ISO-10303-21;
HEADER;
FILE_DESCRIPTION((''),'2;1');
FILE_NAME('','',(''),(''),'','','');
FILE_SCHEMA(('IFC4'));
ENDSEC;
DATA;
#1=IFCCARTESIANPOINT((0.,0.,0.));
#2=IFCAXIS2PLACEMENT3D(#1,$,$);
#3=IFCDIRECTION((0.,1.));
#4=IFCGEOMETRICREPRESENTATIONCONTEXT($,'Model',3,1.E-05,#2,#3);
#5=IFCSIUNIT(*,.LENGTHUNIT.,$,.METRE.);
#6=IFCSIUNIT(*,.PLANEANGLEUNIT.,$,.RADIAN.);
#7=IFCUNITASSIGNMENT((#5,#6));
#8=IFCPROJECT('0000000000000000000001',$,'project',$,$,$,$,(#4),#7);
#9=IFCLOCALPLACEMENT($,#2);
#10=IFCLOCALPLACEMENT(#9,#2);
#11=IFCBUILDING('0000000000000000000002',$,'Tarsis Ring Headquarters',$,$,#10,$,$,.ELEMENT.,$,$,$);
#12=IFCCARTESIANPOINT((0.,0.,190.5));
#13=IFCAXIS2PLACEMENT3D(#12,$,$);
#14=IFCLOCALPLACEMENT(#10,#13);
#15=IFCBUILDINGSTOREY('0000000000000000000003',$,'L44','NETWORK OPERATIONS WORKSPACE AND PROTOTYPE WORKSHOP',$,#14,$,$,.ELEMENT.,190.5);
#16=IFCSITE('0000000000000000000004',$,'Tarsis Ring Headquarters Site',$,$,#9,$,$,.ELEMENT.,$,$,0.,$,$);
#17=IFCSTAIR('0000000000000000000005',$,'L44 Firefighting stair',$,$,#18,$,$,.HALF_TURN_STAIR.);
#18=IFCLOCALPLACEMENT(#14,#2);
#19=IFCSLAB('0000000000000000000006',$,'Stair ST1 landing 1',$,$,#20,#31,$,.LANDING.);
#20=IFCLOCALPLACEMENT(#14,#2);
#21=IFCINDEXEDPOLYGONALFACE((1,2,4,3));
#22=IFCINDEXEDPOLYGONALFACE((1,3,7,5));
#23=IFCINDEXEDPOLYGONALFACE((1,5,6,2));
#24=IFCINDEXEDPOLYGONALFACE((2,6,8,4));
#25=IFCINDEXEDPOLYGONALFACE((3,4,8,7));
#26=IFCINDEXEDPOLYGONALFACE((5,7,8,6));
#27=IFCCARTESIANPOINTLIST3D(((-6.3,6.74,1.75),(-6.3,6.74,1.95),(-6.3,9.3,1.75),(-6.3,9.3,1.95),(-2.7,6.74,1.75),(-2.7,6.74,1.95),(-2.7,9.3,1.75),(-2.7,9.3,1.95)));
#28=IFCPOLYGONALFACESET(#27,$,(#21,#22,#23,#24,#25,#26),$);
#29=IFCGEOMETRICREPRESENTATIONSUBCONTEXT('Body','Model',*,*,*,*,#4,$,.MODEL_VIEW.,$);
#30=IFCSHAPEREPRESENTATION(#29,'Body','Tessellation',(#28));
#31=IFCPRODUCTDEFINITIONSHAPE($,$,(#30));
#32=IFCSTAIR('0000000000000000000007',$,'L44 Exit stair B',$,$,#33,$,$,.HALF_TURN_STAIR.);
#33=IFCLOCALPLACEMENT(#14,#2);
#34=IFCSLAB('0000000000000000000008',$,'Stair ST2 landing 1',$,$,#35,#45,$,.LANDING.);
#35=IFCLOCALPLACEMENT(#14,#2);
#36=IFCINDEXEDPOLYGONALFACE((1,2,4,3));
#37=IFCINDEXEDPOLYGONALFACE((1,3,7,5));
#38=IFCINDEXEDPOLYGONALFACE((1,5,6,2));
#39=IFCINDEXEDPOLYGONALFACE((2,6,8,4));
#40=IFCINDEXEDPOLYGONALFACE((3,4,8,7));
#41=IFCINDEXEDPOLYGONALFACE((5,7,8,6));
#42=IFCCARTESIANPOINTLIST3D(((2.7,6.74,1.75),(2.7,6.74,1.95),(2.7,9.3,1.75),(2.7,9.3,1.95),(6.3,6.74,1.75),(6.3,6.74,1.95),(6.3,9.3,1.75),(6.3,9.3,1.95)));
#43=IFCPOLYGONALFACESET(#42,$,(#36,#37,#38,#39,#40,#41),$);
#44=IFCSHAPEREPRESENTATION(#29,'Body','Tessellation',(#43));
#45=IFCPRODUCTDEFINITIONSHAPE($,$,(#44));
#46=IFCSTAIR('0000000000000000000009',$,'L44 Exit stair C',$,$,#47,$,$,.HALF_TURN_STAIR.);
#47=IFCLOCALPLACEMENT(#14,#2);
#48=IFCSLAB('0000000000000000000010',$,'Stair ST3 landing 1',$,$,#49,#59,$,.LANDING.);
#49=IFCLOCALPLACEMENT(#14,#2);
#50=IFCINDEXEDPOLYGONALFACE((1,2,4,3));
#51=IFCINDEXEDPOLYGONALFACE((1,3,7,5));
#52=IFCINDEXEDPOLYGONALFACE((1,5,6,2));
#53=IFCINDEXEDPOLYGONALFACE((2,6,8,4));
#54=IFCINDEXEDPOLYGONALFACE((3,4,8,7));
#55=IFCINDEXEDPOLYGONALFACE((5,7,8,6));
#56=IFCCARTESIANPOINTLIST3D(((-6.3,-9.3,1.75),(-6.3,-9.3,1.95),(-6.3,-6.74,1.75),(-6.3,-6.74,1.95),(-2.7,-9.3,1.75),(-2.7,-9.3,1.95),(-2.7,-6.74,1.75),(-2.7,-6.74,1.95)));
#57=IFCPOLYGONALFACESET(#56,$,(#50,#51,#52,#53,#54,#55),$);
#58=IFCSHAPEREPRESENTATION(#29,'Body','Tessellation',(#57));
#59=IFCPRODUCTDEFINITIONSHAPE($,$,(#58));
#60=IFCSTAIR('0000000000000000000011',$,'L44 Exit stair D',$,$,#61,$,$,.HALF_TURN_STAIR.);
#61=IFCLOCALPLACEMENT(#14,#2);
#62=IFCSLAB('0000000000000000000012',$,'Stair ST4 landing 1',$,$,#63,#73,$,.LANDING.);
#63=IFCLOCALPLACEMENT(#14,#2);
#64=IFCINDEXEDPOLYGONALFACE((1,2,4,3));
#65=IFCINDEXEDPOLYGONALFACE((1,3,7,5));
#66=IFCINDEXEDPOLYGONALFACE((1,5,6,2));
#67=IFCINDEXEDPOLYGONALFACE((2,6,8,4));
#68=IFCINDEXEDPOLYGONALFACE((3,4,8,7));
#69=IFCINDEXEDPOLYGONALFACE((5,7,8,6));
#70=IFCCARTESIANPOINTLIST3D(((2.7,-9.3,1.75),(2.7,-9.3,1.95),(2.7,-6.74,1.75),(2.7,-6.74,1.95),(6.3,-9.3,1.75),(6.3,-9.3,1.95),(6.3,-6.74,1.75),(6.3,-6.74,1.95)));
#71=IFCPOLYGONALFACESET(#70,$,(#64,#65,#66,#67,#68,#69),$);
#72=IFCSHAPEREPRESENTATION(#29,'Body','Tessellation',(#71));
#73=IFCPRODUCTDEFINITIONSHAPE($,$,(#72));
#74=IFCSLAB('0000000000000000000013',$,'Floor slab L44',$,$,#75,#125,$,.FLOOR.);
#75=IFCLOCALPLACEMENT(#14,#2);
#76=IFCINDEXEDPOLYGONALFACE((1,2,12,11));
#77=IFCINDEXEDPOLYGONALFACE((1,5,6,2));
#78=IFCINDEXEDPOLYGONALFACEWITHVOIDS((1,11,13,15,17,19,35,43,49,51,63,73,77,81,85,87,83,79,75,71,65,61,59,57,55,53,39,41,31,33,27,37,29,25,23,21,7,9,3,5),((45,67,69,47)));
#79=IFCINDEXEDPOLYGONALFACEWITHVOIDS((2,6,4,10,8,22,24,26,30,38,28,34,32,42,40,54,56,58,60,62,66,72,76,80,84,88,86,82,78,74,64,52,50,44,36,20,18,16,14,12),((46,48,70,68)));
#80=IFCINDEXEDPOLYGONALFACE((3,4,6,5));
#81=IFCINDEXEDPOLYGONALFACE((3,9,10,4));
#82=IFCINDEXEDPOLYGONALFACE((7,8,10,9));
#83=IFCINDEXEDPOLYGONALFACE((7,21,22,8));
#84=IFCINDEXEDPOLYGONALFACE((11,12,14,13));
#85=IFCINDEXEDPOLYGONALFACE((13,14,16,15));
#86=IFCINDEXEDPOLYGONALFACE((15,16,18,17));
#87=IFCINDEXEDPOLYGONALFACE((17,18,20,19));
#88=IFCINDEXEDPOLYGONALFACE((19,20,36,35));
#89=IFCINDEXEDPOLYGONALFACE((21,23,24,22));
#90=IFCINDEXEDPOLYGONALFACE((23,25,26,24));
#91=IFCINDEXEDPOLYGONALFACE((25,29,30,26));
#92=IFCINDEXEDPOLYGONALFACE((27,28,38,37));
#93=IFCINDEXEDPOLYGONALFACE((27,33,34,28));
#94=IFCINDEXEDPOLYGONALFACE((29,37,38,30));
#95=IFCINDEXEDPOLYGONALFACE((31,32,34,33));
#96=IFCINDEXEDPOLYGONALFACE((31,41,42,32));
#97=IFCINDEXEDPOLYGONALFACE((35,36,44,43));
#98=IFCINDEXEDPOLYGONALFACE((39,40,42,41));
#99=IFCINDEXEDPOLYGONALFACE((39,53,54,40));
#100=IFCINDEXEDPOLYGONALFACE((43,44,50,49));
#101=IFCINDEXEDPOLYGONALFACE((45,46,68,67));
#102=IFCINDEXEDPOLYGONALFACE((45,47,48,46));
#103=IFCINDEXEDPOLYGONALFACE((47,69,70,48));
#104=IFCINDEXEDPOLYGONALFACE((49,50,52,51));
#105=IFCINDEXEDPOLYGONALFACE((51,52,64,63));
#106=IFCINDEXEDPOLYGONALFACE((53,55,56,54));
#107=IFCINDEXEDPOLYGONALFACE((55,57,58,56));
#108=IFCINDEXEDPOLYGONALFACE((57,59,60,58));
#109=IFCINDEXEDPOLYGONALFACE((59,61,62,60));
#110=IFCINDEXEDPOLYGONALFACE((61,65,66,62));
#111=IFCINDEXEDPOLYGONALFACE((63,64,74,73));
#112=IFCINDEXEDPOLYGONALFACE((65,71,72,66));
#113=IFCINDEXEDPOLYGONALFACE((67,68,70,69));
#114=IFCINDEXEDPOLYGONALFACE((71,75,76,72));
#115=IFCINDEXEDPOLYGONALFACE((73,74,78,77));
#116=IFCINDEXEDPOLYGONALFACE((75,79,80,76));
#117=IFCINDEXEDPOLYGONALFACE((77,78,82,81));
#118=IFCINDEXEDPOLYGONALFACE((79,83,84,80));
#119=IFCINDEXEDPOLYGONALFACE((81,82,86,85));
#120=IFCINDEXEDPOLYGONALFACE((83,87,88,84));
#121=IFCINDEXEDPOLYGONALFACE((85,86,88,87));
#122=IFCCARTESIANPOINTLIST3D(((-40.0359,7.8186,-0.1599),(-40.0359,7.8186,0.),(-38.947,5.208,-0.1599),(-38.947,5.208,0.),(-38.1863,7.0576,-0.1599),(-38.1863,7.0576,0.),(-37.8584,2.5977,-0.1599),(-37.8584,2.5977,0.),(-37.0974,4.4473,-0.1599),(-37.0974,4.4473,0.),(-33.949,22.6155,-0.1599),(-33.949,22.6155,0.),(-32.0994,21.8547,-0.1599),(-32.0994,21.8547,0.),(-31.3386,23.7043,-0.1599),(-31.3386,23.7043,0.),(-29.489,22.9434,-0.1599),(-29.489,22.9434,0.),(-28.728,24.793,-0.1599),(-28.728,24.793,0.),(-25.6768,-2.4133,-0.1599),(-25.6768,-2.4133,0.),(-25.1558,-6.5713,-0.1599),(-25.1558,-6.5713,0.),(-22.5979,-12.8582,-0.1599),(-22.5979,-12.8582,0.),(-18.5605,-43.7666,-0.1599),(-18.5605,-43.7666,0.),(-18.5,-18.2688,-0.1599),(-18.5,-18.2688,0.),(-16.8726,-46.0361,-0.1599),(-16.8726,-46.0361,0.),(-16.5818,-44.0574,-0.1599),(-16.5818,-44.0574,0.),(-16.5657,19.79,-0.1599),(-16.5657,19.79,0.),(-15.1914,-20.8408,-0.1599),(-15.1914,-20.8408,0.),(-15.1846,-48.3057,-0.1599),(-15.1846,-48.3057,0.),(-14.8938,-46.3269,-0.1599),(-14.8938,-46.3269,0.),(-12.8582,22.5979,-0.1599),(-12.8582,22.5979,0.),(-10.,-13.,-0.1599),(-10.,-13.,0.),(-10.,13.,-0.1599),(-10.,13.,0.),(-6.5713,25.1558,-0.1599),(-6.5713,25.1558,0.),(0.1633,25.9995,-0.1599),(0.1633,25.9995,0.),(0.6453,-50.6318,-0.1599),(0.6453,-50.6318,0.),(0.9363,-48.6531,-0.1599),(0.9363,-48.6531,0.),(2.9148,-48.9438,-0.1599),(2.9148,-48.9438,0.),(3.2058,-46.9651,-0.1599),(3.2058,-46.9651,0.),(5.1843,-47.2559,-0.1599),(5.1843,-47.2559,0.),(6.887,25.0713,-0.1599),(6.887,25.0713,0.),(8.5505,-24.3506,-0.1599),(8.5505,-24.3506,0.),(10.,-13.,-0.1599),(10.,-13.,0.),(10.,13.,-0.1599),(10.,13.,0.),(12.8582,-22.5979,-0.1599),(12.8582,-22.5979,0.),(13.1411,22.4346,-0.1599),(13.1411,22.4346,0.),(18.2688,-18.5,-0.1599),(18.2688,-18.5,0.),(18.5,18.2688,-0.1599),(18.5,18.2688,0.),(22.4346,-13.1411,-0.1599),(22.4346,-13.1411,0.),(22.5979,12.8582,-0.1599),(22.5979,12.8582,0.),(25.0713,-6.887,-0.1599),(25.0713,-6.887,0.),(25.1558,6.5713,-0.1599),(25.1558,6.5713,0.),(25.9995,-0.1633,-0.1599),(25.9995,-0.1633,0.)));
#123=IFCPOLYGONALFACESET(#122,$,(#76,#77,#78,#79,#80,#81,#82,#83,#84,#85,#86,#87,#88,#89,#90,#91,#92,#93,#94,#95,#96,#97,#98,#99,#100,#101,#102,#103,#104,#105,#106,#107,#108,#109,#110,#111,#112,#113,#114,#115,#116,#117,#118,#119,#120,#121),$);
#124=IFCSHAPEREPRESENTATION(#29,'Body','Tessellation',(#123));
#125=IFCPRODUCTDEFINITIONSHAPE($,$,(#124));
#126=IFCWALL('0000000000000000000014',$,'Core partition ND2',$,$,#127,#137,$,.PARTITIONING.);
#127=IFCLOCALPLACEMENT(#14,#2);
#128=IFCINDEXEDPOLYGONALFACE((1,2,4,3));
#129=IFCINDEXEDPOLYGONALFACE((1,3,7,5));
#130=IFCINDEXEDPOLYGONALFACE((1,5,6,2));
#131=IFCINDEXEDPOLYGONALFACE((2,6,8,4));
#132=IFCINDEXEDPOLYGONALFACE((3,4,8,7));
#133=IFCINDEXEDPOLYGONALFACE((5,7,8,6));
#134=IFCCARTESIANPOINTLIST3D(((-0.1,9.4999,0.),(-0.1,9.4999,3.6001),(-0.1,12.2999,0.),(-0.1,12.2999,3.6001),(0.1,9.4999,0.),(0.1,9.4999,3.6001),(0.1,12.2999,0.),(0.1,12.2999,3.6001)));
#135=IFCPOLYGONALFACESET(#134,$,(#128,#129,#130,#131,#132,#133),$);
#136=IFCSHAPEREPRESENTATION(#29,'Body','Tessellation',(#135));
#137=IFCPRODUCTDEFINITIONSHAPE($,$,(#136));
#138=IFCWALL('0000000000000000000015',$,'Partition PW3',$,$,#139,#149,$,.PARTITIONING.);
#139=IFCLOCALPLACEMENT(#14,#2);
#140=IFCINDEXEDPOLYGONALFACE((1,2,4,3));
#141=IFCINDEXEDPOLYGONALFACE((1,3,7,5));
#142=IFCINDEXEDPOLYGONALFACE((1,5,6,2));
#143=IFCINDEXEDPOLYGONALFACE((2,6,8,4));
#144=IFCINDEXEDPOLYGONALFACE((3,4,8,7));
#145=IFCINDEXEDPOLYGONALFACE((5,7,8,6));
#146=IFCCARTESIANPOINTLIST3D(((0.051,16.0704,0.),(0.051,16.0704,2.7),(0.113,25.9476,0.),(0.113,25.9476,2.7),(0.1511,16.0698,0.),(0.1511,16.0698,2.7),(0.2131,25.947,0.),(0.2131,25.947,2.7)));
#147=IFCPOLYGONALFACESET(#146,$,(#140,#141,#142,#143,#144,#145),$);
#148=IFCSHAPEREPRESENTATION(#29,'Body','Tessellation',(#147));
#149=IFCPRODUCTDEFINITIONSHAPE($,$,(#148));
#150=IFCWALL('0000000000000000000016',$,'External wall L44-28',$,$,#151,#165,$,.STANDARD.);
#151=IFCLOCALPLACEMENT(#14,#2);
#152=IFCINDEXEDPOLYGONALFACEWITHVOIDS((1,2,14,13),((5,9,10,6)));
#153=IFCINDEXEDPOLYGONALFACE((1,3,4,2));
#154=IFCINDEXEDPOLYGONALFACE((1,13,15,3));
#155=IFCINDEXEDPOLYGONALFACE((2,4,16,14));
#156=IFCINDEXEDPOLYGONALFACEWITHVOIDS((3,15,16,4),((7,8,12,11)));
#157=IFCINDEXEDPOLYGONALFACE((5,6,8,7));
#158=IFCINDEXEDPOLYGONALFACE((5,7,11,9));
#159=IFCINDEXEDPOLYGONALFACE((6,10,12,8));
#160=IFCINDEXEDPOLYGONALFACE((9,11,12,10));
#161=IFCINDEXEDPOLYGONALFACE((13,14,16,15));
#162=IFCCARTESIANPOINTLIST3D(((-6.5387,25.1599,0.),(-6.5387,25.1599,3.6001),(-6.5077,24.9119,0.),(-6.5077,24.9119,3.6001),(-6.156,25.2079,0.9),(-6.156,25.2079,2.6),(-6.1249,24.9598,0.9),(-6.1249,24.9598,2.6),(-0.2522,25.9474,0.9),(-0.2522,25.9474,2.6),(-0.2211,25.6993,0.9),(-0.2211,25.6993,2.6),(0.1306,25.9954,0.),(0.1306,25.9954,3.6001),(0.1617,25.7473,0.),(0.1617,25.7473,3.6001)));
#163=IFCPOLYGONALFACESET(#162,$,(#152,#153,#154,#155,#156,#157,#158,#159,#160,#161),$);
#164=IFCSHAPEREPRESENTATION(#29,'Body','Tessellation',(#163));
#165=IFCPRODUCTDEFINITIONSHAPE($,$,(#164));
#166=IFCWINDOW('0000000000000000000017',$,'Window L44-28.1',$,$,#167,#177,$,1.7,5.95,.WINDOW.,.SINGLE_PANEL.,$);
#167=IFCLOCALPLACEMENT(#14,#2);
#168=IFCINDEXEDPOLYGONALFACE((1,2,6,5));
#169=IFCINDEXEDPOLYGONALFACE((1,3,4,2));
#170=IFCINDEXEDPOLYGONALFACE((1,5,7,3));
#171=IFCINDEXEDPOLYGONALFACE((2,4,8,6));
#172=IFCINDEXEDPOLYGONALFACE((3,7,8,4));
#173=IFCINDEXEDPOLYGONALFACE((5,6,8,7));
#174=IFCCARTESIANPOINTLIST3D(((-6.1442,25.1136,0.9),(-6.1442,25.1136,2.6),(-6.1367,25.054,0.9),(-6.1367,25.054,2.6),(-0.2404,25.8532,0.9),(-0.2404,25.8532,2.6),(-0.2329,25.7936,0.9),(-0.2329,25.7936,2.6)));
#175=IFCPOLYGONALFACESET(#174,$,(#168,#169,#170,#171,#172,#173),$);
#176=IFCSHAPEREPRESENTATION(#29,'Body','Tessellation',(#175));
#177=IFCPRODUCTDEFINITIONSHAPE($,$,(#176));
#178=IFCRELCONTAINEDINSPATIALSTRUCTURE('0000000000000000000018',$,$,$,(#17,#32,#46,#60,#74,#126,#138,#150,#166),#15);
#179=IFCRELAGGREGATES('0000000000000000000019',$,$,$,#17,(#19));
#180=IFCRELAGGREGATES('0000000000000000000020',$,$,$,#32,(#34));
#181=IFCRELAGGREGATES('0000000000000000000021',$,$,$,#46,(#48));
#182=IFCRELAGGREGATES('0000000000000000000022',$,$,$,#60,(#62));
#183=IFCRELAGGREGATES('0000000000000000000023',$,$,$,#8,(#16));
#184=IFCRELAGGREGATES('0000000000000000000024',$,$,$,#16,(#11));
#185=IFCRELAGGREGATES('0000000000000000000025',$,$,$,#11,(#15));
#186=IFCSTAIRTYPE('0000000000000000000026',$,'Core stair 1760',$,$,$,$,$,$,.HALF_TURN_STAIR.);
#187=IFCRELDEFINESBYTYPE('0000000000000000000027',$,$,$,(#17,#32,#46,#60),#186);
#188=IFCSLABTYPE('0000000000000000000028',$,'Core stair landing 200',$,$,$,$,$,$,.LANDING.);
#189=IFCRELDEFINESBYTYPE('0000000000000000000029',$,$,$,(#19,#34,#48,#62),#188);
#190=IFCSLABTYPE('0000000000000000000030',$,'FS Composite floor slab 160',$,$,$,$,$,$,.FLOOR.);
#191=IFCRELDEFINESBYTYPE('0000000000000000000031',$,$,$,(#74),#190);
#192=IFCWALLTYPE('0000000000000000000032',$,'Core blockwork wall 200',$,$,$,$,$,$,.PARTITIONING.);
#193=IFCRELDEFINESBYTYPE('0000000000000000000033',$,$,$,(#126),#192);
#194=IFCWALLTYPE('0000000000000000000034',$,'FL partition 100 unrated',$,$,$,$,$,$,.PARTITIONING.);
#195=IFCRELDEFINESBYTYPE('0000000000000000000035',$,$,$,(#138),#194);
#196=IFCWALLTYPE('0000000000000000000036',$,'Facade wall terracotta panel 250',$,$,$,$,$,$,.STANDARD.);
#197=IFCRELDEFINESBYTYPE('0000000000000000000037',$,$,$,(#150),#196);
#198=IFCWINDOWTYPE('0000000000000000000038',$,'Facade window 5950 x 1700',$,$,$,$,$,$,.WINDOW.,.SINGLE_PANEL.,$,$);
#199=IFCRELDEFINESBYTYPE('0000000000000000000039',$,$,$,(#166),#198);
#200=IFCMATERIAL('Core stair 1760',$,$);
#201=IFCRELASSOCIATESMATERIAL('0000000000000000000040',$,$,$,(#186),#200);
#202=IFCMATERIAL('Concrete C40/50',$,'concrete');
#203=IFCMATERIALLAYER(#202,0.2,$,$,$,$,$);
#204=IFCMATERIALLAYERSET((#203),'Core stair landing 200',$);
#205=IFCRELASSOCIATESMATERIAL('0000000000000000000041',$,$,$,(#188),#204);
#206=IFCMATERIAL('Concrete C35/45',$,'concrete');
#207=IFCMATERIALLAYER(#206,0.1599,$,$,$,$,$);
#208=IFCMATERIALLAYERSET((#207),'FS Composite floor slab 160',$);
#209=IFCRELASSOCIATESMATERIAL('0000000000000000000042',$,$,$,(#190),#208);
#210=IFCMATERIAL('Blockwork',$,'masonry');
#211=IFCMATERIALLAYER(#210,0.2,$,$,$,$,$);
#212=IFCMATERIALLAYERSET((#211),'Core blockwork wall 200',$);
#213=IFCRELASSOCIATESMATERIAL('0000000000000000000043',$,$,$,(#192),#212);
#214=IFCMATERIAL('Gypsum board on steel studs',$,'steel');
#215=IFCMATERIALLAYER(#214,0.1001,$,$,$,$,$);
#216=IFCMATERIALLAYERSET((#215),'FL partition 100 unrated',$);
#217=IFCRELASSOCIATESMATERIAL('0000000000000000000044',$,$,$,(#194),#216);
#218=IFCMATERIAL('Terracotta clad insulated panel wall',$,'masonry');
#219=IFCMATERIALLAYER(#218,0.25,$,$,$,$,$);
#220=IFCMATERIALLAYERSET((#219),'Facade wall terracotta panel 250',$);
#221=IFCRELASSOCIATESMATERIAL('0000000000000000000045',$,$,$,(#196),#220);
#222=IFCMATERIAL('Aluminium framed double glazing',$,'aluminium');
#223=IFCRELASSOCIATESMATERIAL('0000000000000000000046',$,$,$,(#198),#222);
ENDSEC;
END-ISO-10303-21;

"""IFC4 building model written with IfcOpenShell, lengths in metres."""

from ifc_helpers import new_model, si_unit, direction, frame, frame_2d, origin, place, context, subcontext, project, spatial, polyline, rectangle, outline, extrude, material, layer, layer_set, type_object, element, fill, aggregate, save


model = new_model("IFC4")

# Units and contexts
model_context = context("Model", 3, precision=1e-05, world=origin(), true_north=direction((0.0, 1.0)))
body_context = subcontext(model_context, "Body", "Model", "MODEL_VIEW")
ifc_project = project(units=[si_unit("LENGTHUNIT", "METRE"), si_unit("PLANEANGLEUNIT", "RADIAN")], contexts=[model_context])

# Site, building, storey
site_placement = place(None, origin())
site = spatial("IfcSite", under=ifc_project, at=site_placement, Name="Tarsis Ring Headquarters Site", CompositionType="ELEMENT", RefElevation=0.0)
building_placement = place(site_placement, origin())
building = spatial("IfcBuilding", under=site, at=building_placement, Name="Tarsis Ring Headquarters", CompositionType="ELEMENT")
storey_placement = place(building_placement, frame((0.0, 0.0, 190.5)))
storey = spatial("IfcBuildingStorey", under=building, at=storey_placement, Name="L44", Description="NETWORK OPERATIONS WORKSPACE AND PROTOTYPE WORKSHOP", CompositionType="ELEMENT", Elevation=190.5)

# Shared definitions
ifc_material_1 = material(Name="Concrete C40/50", Category="concrete")

# Stairs, slabs
ifc_material_2 = material(Name="Core stair 1760")
stair_type = type_object("IfcStairType", Name="Core stair 1760", PredefinedType="HALF_TURN_STAIR", material=ifc_material_2)
stair_1_placement = place(storey_placement, origin())
stair_1 = element("IfcStair", 1, at=stair_1_placement, inside=storey, type_object=stair_type, Name="L44 Firefighting stair", PredefinedType="HALF_TURN_STAIR")
ifc_layer_1 = layer(ifc_material_1, 0.2)
ifc_layer_set_1 = layer_set([ifc_layer_1], Name="Core stair landing 200")
slab_type_1 = type_object("IfcSlabType", Name="Core stair landing 200", PredefinedType="LANDING", material=ifc_layer_set_1)
slab_1_placement = place(storey_placement, frame((0.0, 0.0, 1.75)))
slab_1 = element("IfcSlab", 2, at=slab_1_placement, type_object=slab_type_1, Name="Stair ST1 landing 1", PredefinedType="LANDING", context=body_context, shape_type="SweptSolid", body=[
    extrude(outline(polyline([(-2.7, 6.74), (-2.7, 9.3), (-6.3, 9.3), (-6.3, 6.74), (-2.7, 6.74)])), origin(), (0.0, 0.0, 1.0), 0.2),
])
aggregate(stair_1, [slab_1])
stair_2_placement = place(storey_placement, origin())
stair_2 = element("IfcStair", 3, at=stair_2_placement, inside=storey, type_object=stair_type, Name="L44 Exit stair B", PredefinedType="HALF_TURN_STAIR")
slab_2_placement = place(storey_placement, frame((0.0, 0.0, 1.75)))
slab_2 = element("IfcSlab", 4, at=slab_2_placement, type_object=slab_type_1, Name="Stair ST2 landing 1", PredefinedType="LANDING", context=body_context, shape_type="SweptSolid", body=[
    extrude(outline(polyline([(6.3, 6.74), (6.3, 9.3), (2.7, 9.3), (2.7, 6.74), (6.3, 6.74)])), origin(), (0.0, 0.0, 1.0), 0.2),
])
aggregate(stair_2, [slab_2])
stair_3_placement = place(storey_placement, origin())
stair_3 = element("IfcStair", 5, at=stair_3_placement, inside=storey, type_object=stair_type, Name="L44 Exit stair C", PredefinedType="HALF_TURN_STAIR")
slab_3_placement = place(storey_placement, frame((0.0, 0.0, 1.75)))
slab_3 = element("IfcSlab", 6, at=slab_3_placement, type_object=slab_type_1, Name="Stair ST3 landing 1", PredefinedType="LANDING", context=body_context, shape_type="SweptSolid", body=[
    extrude(outline(polyline([(-6.3, -6.74), (-6.3, -9.3), (-2.7, -9.3), (-2.7, -6.74), (-6.3, -6.74)])), origin(), (0.0, 0.0, 1.0), 0.2),
])
aggregate(stair_3, [slab_3])
stair_4_placement = place(storey_placement, origin())
stair_4 = element("IfcStair", 7, at=stair_4_placement, inside=storey, type_object=stair_type, Name="L44 Exit stair D", PredefinedType="HALF_TURN_STAIR")
slab_4_placement = place(storey_placement, frame((0.0, 0.0, 1.75)))
slab_4 = element("IfcSlab", 8, at=slab_4_placement, type_object=slab_type_1, Name="Stair ST4 landing 1", PredefinedType="LANDING", context=body_context, shape_type="SweptSolid", body=[
    extrude(outline(polyline([(2.7, -6.74), (2.7, -9.3), (6.3, -9.3), (6.3, -6.74), (2.7, -6.74)])), origin(), (0.0, 0.0, 1.0), 0.2),
])
aggregate(stair_4, [slab_4])

# Slab
ifc_material_3 = material(Name="Concrete C35/45", Category="concrete")
ifc_layer_2 = layer(ifc_material_3, 0.1599)
ifc_layer_set_2 = layer_set([ifc_layer_2], Name="FS Composite floor slab 160")
slab_type_2 = type_object("IfcSlabType", Name="FS Composite floor slab 160", PredefinedType="FLOOR", material=ifc_layer_set_2)
slab_5_placement = place(storey_placement, frame((0.0, 0.0, -0.1599)))
element("IfcSlab", 9, at=slab_5_placement, inside=storey, type_object=slab_type_2, Name="Floor slab L44", PredefinedType="FLOOR", context=body_context, shape_type="SweptSolid", body=[
    extrude(outline(polyline([(-25.6768, -2.4133), (-25.1558, -6.5713), (-22.5979, -12.8582), (-18.5, -18.2688), (-15.1914, -20.8408), (-18.5605, -43.7666), (-16.5818, -44.0574), (-16.8726, -46.0361), (-14.8938, -46.3269), (-15.1846, -48.3057), (0.6453, -50.6318), (0.9363, -48.6531), (2.9148, -48.9438), (3.2058, -46.9651), (5.1843, -47.2559), (8.5505, -24.3506), (12.8582, -22.5979), (18.2688, -18.5), (22.4346, -13.1411), (25.0713, -6.887), (25.9995, -0.1633), (25.1558, 6.5713), (22.5979, 12.8582), (18.5, 18.2688), (13.1411, 22.4346), (6.887, 25.0713), (0.1633, 25.9995), (-6.5713, 25.1558), (-12.8582, 22.5979), (-16.5657, 19.79), (-28.728, 24.793), (-29.489, 22.9434), (-31.3386, 23.7043), (-32.0994, 21.8547), (-33.949, 22.6155), (-40.0359, 7.8186), (-38.1863, 7.0576), (-38.947, 5.208), (-37.0974, 4.4473), (-37.8584, 2.5977), (-25.6768, -2.4133)]), holes=[polyline([(-10.0, -13.0), (-10.0, 13.0), (10.0, 13.0), (10.0, -13.0), (-10.0, -13.0)])]), origin(), (0.0, 0.0, 1.0), 0.1599),
])

# Walls
ifc_material_4 = material(Name="Blockwork", Category="masonry")
ifc_layer_3 = layer(ifc_material_4, 0.2)
ifc_layer_set_3 = layer_set([ifc_layer_3], Name="Core blockwork wall 200")
wall_type_1 = type_object("IfcWallType", Name="Core blockwork wall 200", PredefinedType="PARTITIONING", material=ifc_layer_set_3)
wall_1_placement = place(storey_placement, frame((0.0, 9.5, 0.0), z_axis=(0.0, 0.0, 1.0), x_axis=(0.0, 1.0, 0.0)))
element("IfcWall", 10, at=wall_1_placement, inside=storey, type_object=wall_type_1, Name="Core partition ND2", PredefinedType="PARTITIONING", context=body_context, shape_type="SweptSolid", body=[
    extrude(rectangle(XDim=2.8, YDim=0.2, at=frame_2d((1.3999, 0.0))), origin(), (0.0, 0.0, 1.0), 3.6001),
])
ifc_material_5 = material(Name="Gypsum board on steel studs", Category="steel")
ifc_layer_4 = layer(ifc_material_5, 0.1001)
ifc_layer_set_4 = layer_set([ifc_layer_4], Name="FL partition 100 unrated")
wall_type_2 = type_object("IfcWallType", Name="FL partition 100 unrated", PredefinedType="PARTITIONING", material=ifc_layer_set_4)
wall_2_placement = place(storey_placement, frame((0.1011, 16.0701, 0.0), z_axis=(0.0, 0.0, 1.0), x_axis=(0.006278, 0.99998, 0.0)))
element("IfcWall", 11, at=wall_2_placement, inside=storey, type_object=wall_type_2, Name="Partition PW3", PredefinedType="PARTITIONING", context=body_context, shape_type="SweptSolid", body=[
    extrude(rectangle(XDim=9.8774, YDim=0.1001, at=frame_2d((4.9387, 0.0))), origin(), (0.0, 0.0, 1.0), 2.7),
])

# Wall, opening, window
ifc_material_6 = material(Name="Terracotta clad insulated panel wall", Category="masonry")
ifc_layer_5 = layer(ifc_material_6, 0.25)
ifc_layer_set_5 = layer_set([ifc_layer_5], Name="Facade wall terracotta panel 250")
wall_type_3 = type_object("IfcWallType", Name="Facade wall terracotta panel 250", PredefinedType="STANDARD", material=ifc_layer_set_5)
wall_3_placement = place(storey_placement, frame((0.1462, 25.8713, 0.0), z_axis=(0.0, 0.0, 1.0), x_axis=(-0.992245, -0.124294, 0.0)))
wall_3 = element("IfcWall", 12, at=wall_3_placement, inside=storey, type_object=wall_type_3, Name="External wall L44-28", PredefinedType="STANDARD", context=body_context, shape_type="SweptSolid", body=[
    extrude(rectangle(XDim=6.7214, YDim=0.25, at=frame_2d((3.3608, 0.0))), origin(), (0.0, 0.0, 1.0), 3.6001),
])
opening_1_placement = place(wall_3_placement, frame((0.3857, 0.0, 0.8999)))
opening_1 = element("IfcOpeningElement", 13, at=opening_1_placement, cuts=wall_3, PredefinedType="OPENING", context=body_context, shape_type="SweptSolid", body=[
    extrude(rectangle(XDim=5.95, YDim=1.7, at=frame_2d((2.9751, 0.8501))), frame((0.0, 0.135, 0.0), z_axis=(0.0, -1.0, 0.0), x_axis=(1.0, 0.0, 0.0)), (0.0, 0.0, 1.0), 0.27),
])
ifc_material_7 = material(Name="Aluminium framed double glazing", Category="aluminium")
window_type = type_object("IfcWindowType", Name="Facade window 5950 x 1700", PartitioningType="SINGLE_PANEL", PredefinedType="WINDOW", material=ifc_material_7)
window_placement = place(opening_1_placement, origin())
window = element("IfcWindow", 14, at=window_placement, inside=storey, type_object=window_type, Name="Window L44-28.1", OverallHeight=1.7, OverallWidth=5.95, PartitioningType="SINGLE_PANEL", PredefinedType="WINDOW", context=body_context, shape_type="SweptSolid", body=[
    extrude(rectangle(XDim=5.95, YDim=1.7, at=frame_2d((2.9751, 0.8501))), frame((0.0, 0.03, 0.0), z_axis=(0.0, -1.0, 0.0), x_axis=(1.0, 0.0, 0.0)), (0.0, 0.0, 1.0), 0.0601),
])
fill(opening_1, window)

save(model, "model.ifc")
